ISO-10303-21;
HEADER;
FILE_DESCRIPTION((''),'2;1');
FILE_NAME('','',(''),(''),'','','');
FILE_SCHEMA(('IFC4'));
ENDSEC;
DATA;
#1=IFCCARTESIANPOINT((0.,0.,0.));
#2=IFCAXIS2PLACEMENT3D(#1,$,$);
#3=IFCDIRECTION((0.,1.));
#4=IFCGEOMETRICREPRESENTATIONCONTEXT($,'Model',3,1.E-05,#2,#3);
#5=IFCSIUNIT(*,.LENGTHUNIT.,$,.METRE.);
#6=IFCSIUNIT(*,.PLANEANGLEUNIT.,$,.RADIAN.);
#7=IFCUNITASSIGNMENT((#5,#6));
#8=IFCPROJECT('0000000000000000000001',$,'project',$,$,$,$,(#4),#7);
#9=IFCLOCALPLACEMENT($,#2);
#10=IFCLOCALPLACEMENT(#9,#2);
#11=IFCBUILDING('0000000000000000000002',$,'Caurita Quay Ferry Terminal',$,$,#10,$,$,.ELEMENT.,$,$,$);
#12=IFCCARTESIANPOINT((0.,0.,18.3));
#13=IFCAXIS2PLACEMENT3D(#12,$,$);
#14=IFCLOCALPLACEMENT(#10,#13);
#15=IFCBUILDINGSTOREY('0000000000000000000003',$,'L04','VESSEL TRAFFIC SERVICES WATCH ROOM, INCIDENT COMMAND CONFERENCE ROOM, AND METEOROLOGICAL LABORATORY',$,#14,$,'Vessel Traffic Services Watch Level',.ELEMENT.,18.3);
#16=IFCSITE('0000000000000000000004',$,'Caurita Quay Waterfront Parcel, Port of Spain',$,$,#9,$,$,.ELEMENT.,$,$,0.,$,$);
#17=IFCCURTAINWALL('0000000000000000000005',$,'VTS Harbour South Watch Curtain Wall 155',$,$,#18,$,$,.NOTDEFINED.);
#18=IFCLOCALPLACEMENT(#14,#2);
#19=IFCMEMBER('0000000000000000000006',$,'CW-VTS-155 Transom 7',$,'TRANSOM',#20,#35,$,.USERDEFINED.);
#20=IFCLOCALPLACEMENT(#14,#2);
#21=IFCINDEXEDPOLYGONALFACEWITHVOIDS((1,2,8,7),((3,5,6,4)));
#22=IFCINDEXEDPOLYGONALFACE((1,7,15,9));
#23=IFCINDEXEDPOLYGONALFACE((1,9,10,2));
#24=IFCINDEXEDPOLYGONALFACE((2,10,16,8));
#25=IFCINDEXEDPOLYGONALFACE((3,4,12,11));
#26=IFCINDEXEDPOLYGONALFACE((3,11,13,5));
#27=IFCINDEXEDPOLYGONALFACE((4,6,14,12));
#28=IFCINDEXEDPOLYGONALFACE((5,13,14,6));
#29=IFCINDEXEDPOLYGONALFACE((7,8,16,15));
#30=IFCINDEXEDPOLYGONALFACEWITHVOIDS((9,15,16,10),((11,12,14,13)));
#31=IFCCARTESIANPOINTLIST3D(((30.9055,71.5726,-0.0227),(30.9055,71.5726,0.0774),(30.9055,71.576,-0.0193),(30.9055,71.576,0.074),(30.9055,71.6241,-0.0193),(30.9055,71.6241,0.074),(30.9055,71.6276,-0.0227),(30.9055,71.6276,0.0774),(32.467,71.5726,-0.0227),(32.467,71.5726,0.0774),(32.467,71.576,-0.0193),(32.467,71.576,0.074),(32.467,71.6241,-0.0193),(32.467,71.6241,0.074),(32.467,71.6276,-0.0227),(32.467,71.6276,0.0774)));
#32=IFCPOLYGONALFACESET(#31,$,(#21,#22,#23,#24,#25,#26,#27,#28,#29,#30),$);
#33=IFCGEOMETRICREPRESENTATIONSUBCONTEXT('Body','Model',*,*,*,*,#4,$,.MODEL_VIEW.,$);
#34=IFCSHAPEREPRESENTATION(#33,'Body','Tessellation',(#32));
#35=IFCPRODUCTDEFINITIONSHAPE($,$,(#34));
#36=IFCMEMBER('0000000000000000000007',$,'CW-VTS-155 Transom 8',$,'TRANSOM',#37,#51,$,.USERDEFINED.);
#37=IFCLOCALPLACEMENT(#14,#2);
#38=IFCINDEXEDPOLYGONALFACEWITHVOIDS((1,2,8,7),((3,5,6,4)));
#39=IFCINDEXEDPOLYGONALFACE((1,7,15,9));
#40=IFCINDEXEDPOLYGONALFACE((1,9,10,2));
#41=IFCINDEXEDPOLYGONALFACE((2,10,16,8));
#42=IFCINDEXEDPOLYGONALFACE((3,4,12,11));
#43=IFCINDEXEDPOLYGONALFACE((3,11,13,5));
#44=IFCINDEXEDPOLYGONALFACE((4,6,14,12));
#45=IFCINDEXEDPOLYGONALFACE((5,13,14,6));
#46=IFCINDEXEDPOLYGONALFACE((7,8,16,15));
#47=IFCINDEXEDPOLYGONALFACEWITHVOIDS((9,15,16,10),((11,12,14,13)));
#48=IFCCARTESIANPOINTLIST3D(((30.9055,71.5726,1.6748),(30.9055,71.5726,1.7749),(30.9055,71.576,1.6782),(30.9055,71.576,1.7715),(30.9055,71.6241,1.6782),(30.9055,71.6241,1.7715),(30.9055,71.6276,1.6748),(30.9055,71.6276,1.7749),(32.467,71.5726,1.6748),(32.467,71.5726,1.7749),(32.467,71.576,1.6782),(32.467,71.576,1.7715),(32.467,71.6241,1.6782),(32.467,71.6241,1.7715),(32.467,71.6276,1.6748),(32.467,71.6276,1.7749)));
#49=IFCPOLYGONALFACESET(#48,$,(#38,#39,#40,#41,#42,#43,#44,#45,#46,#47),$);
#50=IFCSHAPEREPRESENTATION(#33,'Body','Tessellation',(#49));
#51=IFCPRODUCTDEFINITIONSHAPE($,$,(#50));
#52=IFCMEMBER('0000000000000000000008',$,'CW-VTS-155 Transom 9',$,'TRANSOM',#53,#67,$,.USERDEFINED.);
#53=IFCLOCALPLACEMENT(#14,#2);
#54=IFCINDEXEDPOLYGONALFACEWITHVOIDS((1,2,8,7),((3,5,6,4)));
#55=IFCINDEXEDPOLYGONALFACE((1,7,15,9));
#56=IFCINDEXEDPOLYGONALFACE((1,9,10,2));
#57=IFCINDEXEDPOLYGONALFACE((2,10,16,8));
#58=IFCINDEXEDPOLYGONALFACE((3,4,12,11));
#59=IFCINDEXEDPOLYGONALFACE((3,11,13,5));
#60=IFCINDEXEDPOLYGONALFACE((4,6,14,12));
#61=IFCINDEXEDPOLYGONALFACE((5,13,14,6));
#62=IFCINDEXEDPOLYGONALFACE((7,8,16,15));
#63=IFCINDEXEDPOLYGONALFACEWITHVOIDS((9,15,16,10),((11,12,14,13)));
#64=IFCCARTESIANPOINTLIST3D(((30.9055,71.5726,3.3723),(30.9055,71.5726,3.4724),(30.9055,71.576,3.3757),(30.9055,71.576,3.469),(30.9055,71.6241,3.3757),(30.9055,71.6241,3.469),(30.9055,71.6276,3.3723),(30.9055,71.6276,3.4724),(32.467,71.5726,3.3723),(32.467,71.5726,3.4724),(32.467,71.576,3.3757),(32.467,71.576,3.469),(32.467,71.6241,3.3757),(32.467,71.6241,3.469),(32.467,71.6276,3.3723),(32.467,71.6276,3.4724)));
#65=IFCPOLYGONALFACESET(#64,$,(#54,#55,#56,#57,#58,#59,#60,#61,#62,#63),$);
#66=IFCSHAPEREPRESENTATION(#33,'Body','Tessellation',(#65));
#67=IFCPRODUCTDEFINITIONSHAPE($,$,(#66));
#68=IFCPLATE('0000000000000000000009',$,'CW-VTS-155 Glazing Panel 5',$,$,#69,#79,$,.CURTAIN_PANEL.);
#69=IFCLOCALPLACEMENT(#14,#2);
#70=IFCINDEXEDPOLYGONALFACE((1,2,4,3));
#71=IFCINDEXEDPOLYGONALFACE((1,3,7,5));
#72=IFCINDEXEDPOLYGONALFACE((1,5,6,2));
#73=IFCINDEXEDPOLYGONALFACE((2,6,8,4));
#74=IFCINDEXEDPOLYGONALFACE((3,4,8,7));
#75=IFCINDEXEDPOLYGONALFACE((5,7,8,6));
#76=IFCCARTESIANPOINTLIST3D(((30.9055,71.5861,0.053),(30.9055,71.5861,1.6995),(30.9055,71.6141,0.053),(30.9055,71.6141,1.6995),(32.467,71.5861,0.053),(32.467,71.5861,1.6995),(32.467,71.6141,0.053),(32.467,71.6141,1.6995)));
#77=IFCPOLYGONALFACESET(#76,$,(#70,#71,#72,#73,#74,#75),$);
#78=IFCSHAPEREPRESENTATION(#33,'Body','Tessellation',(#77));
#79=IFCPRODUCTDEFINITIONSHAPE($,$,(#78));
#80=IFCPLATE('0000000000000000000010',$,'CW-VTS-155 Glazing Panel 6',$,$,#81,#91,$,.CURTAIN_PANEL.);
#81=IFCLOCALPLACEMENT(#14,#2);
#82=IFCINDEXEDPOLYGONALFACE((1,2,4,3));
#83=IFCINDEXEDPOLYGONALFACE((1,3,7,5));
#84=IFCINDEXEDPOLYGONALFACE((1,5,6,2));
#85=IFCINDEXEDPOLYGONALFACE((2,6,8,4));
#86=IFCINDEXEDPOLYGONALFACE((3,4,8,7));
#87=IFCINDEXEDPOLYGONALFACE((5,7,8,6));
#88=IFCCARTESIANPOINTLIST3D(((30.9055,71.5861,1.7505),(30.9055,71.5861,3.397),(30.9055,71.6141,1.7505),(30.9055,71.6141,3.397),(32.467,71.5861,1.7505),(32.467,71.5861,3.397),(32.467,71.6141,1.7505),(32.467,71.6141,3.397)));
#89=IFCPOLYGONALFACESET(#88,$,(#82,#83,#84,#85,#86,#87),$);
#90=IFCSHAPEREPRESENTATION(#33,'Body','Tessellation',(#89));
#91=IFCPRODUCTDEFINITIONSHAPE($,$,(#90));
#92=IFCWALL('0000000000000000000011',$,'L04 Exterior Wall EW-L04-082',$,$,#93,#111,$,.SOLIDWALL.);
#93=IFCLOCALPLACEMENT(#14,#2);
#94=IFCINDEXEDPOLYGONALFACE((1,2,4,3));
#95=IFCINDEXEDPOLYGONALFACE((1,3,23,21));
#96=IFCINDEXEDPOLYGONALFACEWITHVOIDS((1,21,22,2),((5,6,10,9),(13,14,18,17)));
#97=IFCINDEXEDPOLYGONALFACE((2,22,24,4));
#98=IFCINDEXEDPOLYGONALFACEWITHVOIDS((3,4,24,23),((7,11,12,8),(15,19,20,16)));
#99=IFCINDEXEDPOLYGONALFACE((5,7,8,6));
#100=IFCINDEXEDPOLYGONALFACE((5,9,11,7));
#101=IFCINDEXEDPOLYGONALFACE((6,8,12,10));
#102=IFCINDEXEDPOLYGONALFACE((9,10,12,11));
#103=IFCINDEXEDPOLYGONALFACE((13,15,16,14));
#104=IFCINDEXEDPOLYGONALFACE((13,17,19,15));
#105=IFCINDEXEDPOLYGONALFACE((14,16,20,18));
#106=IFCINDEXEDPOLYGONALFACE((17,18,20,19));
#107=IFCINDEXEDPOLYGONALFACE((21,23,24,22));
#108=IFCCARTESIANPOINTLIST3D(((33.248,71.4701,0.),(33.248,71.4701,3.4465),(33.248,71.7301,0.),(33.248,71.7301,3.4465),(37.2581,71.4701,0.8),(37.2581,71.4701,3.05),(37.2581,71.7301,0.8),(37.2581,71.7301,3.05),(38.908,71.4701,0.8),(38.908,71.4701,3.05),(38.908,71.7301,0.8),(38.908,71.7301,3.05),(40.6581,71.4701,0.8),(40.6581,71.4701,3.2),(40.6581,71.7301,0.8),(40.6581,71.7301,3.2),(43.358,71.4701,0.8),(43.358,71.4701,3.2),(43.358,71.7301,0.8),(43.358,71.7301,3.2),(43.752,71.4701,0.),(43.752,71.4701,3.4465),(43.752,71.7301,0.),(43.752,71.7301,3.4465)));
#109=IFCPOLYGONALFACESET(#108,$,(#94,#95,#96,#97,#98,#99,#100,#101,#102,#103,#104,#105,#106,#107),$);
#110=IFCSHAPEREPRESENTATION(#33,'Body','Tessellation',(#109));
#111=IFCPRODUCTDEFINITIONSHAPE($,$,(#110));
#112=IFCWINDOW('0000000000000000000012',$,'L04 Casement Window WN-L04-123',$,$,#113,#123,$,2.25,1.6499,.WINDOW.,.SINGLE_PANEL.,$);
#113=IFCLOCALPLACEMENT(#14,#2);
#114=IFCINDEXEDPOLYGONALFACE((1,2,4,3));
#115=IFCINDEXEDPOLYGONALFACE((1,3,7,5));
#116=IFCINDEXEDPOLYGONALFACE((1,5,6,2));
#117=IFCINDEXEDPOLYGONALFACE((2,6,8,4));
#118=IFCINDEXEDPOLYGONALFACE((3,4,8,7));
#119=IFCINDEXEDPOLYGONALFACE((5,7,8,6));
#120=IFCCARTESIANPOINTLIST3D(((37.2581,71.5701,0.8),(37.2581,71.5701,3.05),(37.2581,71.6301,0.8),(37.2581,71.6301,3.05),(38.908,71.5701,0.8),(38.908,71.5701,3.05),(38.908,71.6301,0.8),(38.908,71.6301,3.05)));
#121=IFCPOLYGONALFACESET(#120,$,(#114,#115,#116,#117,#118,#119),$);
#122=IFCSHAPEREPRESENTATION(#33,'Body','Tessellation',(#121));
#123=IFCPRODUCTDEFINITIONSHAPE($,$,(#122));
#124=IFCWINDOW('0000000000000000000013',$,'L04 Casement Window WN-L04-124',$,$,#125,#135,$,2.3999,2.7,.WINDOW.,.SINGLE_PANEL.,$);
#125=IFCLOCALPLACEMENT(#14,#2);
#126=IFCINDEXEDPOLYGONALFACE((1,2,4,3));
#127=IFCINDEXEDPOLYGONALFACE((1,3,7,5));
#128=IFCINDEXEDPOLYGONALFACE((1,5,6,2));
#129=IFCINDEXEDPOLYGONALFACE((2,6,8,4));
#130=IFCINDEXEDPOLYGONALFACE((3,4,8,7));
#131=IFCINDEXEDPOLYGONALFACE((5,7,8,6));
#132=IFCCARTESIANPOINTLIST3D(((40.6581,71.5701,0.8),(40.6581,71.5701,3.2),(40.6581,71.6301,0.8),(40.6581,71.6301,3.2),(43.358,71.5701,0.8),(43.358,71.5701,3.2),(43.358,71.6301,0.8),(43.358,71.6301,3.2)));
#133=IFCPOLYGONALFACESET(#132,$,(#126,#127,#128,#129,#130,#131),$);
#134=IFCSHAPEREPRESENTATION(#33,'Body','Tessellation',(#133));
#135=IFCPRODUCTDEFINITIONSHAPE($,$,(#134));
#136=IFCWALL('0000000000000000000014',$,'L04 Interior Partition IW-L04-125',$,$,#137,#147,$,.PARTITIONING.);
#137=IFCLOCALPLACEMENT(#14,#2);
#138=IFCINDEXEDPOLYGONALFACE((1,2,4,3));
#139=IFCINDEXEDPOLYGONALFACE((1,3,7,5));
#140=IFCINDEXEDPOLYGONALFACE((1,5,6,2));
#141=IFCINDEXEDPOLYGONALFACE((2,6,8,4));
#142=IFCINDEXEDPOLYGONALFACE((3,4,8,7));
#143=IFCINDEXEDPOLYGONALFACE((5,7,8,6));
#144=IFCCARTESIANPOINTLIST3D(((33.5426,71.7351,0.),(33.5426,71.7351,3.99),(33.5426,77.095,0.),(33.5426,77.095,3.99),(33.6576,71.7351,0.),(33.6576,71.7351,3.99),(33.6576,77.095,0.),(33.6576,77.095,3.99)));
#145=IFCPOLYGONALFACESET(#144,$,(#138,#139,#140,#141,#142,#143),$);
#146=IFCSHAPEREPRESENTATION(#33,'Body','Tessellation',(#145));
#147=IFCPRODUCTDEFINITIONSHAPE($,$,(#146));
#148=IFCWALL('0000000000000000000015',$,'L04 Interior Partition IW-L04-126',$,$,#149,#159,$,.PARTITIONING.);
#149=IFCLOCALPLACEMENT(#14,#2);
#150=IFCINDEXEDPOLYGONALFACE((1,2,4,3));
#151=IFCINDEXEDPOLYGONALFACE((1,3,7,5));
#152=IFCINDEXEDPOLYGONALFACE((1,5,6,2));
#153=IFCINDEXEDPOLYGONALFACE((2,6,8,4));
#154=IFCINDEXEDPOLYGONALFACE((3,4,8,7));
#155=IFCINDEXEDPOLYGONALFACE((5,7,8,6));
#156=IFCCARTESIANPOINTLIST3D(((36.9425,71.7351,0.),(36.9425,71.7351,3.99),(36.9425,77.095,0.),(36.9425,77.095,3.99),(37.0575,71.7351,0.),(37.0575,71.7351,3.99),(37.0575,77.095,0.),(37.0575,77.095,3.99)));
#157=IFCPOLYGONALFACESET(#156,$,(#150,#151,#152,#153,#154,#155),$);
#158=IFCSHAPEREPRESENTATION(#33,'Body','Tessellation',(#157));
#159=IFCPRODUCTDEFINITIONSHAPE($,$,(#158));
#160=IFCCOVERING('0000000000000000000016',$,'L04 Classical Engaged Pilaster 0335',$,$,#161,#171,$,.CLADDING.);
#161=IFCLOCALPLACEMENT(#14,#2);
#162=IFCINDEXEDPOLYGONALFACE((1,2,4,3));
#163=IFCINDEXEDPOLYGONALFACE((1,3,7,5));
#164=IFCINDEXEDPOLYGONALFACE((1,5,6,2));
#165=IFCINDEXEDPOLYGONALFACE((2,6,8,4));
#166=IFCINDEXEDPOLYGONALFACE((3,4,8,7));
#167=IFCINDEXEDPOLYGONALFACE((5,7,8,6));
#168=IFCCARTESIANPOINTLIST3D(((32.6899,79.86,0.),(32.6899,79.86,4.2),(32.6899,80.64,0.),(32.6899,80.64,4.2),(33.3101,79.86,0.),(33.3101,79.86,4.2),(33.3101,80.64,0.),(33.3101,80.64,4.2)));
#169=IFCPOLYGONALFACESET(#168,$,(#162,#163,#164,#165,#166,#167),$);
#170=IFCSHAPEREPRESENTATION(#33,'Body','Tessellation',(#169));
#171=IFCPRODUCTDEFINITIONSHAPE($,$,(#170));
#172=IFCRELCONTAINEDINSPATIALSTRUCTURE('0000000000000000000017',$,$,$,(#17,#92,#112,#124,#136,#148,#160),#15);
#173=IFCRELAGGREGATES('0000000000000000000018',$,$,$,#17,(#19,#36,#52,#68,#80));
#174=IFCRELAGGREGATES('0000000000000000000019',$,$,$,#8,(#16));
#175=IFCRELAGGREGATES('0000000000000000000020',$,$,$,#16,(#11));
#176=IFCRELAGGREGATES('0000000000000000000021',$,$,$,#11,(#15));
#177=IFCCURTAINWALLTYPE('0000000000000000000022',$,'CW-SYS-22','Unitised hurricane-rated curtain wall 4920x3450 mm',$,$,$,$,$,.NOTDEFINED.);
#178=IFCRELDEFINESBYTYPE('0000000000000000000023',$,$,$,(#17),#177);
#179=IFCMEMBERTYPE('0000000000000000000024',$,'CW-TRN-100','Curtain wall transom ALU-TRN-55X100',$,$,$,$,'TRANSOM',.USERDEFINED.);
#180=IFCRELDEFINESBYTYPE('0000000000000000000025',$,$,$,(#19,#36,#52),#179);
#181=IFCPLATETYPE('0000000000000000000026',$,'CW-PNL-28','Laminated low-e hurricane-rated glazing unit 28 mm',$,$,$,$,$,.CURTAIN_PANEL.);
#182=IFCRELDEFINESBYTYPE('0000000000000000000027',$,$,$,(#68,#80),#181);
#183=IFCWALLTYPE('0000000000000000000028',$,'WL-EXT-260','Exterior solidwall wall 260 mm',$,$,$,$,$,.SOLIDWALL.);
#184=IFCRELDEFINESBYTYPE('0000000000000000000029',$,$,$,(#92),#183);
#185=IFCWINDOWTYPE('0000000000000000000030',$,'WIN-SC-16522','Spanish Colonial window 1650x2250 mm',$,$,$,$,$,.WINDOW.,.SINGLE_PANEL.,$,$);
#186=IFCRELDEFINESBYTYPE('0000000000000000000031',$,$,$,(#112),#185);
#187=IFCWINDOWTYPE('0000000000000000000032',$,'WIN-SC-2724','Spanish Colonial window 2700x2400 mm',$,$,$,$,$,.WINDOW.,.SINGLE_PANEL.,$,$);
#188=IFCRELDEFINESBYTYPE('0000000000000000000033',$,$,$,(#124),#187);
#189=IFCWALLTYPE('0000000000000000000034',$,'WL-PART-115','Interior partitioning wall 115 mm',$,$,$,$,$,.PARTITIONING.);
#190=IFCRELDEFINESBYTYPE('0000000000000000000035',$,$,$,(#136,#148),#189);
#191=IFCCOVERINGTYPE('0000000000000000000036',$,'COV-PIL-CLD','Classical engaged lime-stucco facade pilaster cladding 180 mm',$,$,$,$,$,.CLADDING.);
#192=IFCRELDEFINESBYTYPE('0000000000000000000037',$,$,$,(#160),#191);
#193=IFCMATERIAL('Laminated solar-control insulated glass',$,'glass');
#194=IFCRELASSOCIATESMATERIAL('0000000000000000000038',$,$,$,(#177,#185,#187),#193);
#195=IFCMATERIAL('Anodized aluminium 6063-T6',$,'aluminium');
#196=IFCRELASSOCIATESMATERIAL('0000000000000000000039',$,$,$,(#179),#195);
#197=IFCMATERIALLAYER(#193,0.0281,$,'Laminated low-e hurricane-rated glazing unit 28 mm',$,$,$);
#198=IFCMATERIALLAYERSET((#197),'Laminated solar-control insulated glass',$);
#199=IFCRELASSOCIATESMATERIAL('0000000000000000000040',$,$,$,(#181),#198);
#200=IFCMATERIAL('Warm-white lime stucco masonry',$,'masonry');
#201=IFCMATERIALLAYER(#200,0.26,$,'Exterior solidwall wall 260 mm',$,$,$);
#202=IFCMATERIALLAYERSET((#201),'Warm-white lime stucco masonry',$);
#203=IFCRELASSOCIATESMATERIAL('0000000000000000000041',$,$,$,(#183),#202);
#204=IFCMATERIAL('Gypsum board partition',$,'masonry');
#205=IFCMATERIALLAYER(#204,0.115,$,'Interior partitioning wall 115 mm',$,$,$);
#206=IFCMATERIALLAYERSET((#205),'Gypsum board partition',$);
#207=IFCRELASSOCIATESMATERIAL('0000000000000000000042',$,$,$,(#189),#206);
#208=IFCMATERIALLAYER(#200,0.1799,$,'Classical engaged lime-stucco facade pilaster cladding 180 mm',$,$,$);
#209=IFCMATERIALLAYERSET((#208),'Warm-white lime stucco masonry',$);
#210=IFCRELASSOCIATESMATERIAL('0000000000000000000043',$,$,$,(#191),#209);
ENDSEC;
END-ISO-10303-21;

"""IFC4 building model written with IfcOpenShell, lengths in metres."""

from ifc_helpers import new_model, si_unit, direction, frame, frame_2d, origin, origin_2d, place, context, subcontext, project, spatial, rectangle, hollow_rectangle, extrude, material, layer, layer_set, material_profile, profile_set, type_object, element, fill, aggregate, save


model = new_model("IFC4")

# Units and contexts
model_context = context("Model", 3, precision=1e-05, world=origin(), true_north=direction((0.0, 1.0)))
body_context = subcontext(model_context, "Body", "Model", "MODEL_VIEW")
ifc_project = project(units=[si_unit("LENGTHUNIT", "METRE"), si_unit("PLANEANGLEUNIT", "RADIAN")], contexts=[model_context])

# Site, building, storey
site_placement = place(None, origin())
site = spatial("IfcSite", under=ifc_project, at=site_placement, Name="Caurita Quay Waterfront Parcel, Port of Spain", CompositionType="ELEMENT", RefElevation=0.0)
building_placement = place(site_placement, origin())
building = spatial("IfcBuilding", under=site, at=building_placement, Name="Caurita Quay Ferry Terminal", CompositionType="ELEMENT")
storey_placement = place(building_placement, frame((0.0, 0.0, 18.3)))
storey = spatial("IfcBuildingStorey", under=building, at=storey_placement, Name="L04", Description="VESSEL TRAFFIC SERVICES WATCH ROOM, INCIDENT COMMAND CONFERENCE ROOM, AND METEOROLOGICAL LABORATORY", LongName="Vessel Traffic Services Watch Level", CompositionType="ELEMENT", Elevation=18.3)

# Curtain wall, members, plates
ifc_material_1 = material(Name="Laminated solar-control insulated glass", Category="glass")
curtain_wall_type = type_object("IfcCurtainWallType", Name="CW-SYS-22", Description="Unitised hurricane-rated curtain wall 4920x3450 mm", PredefinedType="NOTDEFINED", material=ifc_material_1)
curtain_wall_placement = place(storey_placement, origin())
curtain_wall = element("IfcCurtainWall", 1, at=curtain_wall_placement, inside=storey, type_object=curtain_wall_type, Name="VTS Harbour South Watch Curtain Wall 155", PredefinedType="NOTDEFINED")
ifc_material_2 = material(Name="Anodized aluminium 6063-T6", Category="aluminium")
ifc_material_profile_1 = material_profile(ifc_material_2, hollow_rectangle(XDim=0.0549, YDim=0.1001, WallThickness=0.0034, at=origin_2d()), Name="ALU-TRN-55X100")
ifc_profile_set_1 = profile_set([ifc_material_profile_1], Name="Anodized aluminium 6063-T6")
member_type_1 = type_object("IfcMemberType", Name="CW-TRN-100", Description="Curtain wall transom ALU-TRN-55X100", ElementType="TRANSOM", PredefinedType="USERDEFINED", material=ifc_profile_set_1)
member_1_placement = place(storey_placement, frame((30.9055, 71.6001, 0.0273), z_axis=(1.0, 0.0, 0.0), x_axis=(0.0, 1.0, 0.0)))
member_1 = element("IfcMember", 2, at=member_1_placement, type_object=member_type_1, Name="CW-VTS-155 Transom 7", ObjectType="TRANSOM", PredefinedType="USERDEFINED", context=body_context, shape_type="SweptSolid", body=[
    extrude(hollow_rectangle(XDim=0.0549, YDim=0.1001, WallThickness=0.0034, at=origin_2d()), origin(), (0.0, 0.0, 1.0), 1.5615),
])
member_2_placement = place(storey_placement, frame((30.9055, 71.6001, 1.7249), z_axis=(1.0, 0.0, 0.0), x_axis=(0.0, 1.0, 0.0)))
member_2 = element("IfcMember", 3, at=member_2_placement, type_object=member_type_1, Name="CW-VTS-155 Transom 8", ObjectType="TRANSOM", PredefinedType="USERDEFINED", context=body_context, shape_type="SweptSolid", body=[
    extrude(hollow_rectangle(XDim=0.0549, YDim=0.1001, WallThickness=0.0034, at=origin_2d()), origin(), (0.0, 0.0, 1.0), 1.5615),
])
member_3_placement = place(storey_placement, frame((30.9055, 71.6001, 3.4224), z_axis=(1.0, 0.0, 0.0), x_axis=(0.0, 1.0, 0.0)))
member_3 = element("IfcMember", 4, at=member_3_placement, type_object=member_type_1, Name="CW-VTS-155 Transom 9", ObjectType="TRANSOM", PredefinedType="USERDEFINED", context=body_context, shape_type="SweptSolid", body=[
    extrude(hollow_rectangle(XDim=0.0549, YDim=0.1001, WallThickness=0.0034, at=origin_2d()), origin(), (0.0, 0.0, 1.0), 1.5615),
])
ifc_layer_1 = layer(ifc_material_1, 0.0281, Name="Laminated low-e hurricane-rated glazing unit 28 mm")
ifc_layer_set_1 = layer_set([ifc_layer_1], Name="Laminated solar-control insulated glass")
plate_type = type_object("IfcPlateType", Name="CW-PNL-28", Description="Laminated low-e hurricane-rated glazing unit 28 mm", PredefinedType="CURTAIN_PANEL", material=ifc_layer_set_1)
plate_1_placement = place(storey_placement, frame((31.6863, 71.6001, 0.053), z_axis=(0.0, 0.0, 1.0), x_axis=(1.0, 0.0, 0.0)))
plate_1 = element("IfcPlate", 5, at=plate_1_placement, type_object=plate_type, Name="CW-VTS-155 Glazing Panel 5", PredefinedType="CURTAIN_PANEL", context=body_context, shape_type="SweptSolid", body=[
    extrude(rectangle(XDim=1.5615, YDim=0.0281, at=origin_2d()), origin(), (0.0, 0.0, 1.0), 1.6465),
])
plate_2_placement = place(storey_placement, frame((31.6863, 71.6001, 1.7505), z_axis=(0.0, 0.0, 1.0), x_axis=(1.0, 0.0, 0.0)))
plate_2 = element("IfcPlate", 6, at=plate_2_placement, type_object=plate_type, Name="CW-VTS-155 Glazing Panel 6", PredefinedType="CURTAIN_PANEL", context=body_context, shape_type="SweptSolid", body=[
    extrude(rectangle(XDim=1.5615, YDim=0.0281, at=origin_2d()), origin(), (0.0, 0.0, 1.0), 1.6465),
])
aggregate(curtain_wall, [member_1, member_2, member_3, plate_1, plate_2])

# Wall, openings, windows
ifc_material_3 = material(Name="Warm-white lime stucco masonry", Category="masonry")
ifc_layer_2 = layer(ifc_material_3, 0.26, Name="Exterior solidwall wall 260 mm")
ifc_layer_set_2 = layer_set([ifc_layer_2], Name="Warm-white lime stucco masonry")
wall_type_1 = type_object("IfcWallType", Name="WL-EXT-260", Description="Exterior solidwall wall 260 mm", PredefinedType="SOLIDWALL", material=ifc_layer_set_2)
wall_placement = place(storey_placement, frame((33.248, 71.6001, 0.0), z_axis=(0.0, 0.0, 1.0), x_axis=(1.0, 0.0, 0.0)))
wall = element("IfcWall", 7, at=wall_placement, inside=storey, type_object=wall_type_1, Name="L04 Exterior Wall EW-L04-082", PredefinedType="SOLIDWALL", context=body_context, shape_type="SweptSolid", body=[
    extrude(rectangle(XDim=10.5039, YDim=0.26, at=frame_2d((5.252, 0.0))), origin(), (0.0, 0.0, 1.0), 3.4465),
])
opening_1_placement = place(wall_placement, frame((4.01, 0.0, 0.8)))
opening_1 = element("IfcOpeningElement", 8, at=opening_1_placement, cuts=wall, PredefinedType="OPENING", context=body_context, shape_type="SweptSolid", body=[
    extrude(rectangle(XDim=1.6499, YDim=2.25, at=frame_2d((0.825, 1.125))), frame((0.0, 0.1399, 0.0), z_axis=(0.0, -1.0, 0.0), x_axis=(1.0, 0.0, 0.0)), (0.0, 0.0, 1.0), 0.28),
])
opening_2_placement = place(wall_placement, frame((7.4099, 0.0, 0.8)))
opening_2 = element("IfcOpeningElement", 9, at=opening_2_placement, cuts=wall, PredefinedType="OPENING", context=body_context, shape_type="SweptSolid", body=[
    extrude(rectangle(XDim=2.7, YDim=2.3999, at=frame_2d((1.3501, 1.2))), frame((0.0, 0.1399, 0.0), z_axis=(0.0, -1.0, 0.0), x_axis=(1.0, 0.0, 0.0)), (0.0, 0.0, 1.0), 0.28),
])
window_type_1 = type_object("IfcWindowType", Name="WIN-SC-16522", Description="Spanish Colonial window 1650x2250 mm", PartitioningType="SINGLE_PANEL", PredefinedType="WINDOW", material=ifc_material_1)
window_1_placement = place(opening_1_placement, origin())
window_1 = element("IfcWindow", 10, at=window_1_placement, inside=storey, type_object=window_type_1, Name="L04 Casement Window WN-L04-123", OverallHeight=2.25, OverallWidth=1.6499, PartitioningType="SINGLE_PANEL", PredefinedType="WINDOW", context=body_context, shape_type="SweptSolid", body=[
    extrude(rectangle(XDim=1.6499, YDim=2.25, at=frame_2d((0.825, 1.125))), frame((0.0, 0.03, 0.0), z_axis=(0.0, -1.0, 0.0), x_axis=(1.0, 0.0, 0.0)), (0.0, 0.0, 1.0), 0.0601),
])
fill(opening_1, window_1)
window_type_2 = type_object("IfcWindowType", Name="WIN-SC-2724", Description="Spanish Colonial window 2700x2400 mm", PartitioningType="SINGLE_PANEL", PredefinedType="WINDOW", material=ifc_material_1)
window_2_placement = place(opening_2_placement, origin())
window_2 = element("IfcWindow", 11, at=window_2_placement, inside=storey, type_object=window_type_2, Name="L04 Casement Window WN-L04-124", OverallHeight=2.3999, OverallWidth=2.7, PartitioningType="SINGLE_PANEL", PredefinedType="WINDOW", context=body_context, shape_type="SweptSolid", body=[
    extrude(rectangle(XDim=2.7, YDim=2.3999, at=frame_2d((1.3501, 1.2))), frame((0.0, 0.03, 0.0), z_axis=(0.0, -1.0, 0.0), x_axis=(1.0, 0.0, 0.0)), (0.0, 0.0, 1.0), 0.0601),
])
fill(opening_2, window_2)

# Walls
ifc_material_4 = material(Name="Gypsum board partition", Category="masonry")
ifc_layer_3 = layer(ifc_material_4, 0.115, Name="Interior partitioning wall 115 mm")
ifc_layer_set_3 = layer_set([ifc_layer_3], Name="Gypsum board partition")
wall_type_2 = type_object("IfcWallType", Name="WL-PART-115", Description="Interior partitioning wall 115 mm", PredefinedType="PARTITIONING", material=ifc_layer_set_3)
for number, where, z_axis, x_axis, name in (
    (12, (33.6001, 71.7351, 0.0), (0.0, 0.0, 1.0), (0.0, 1.0, 0.0), "L04 Interior Partition IW-L04-125"),
    (13, (37.0, 71.7351, 0.0), (0.0, 0.0, 1.0), (0.0, 1.0, 0.0), "L04 Interior Partition IW-L04-126"),
):
    element("IfcWall", number, at=place(storey_placement, frame(where, z_axis=z_axis, x_axis=x_axis)), inside=storey, type_object=wall_type_2, Name=name, PredefinedType="PARTITIONING", context=body_context, shape_type="SweptSolid", body=[
        extrude(rectangle(XDim=5.3599, YDim=0.115, at=frame_2d((2.6799, 0.0))), origin(), (0.0, 0.0, 1.0), 3.99),
    ])

# Covering
ifc_layer_4 = layer(ifc_material_3, 0.1799, Name="Classical engaged lime-stucco facade pilaster cladding 180 mm")
ifc_layer_set_4 = layer_set([ifc_layer_4], Name="Warm-white lime stucco masonry")
covering_type_1 = type_object("IfcCoveringType", Name="COV-PIL-CLD", Description="Classical engaged lime-stucco facade pilaster cladding 180 mm", PredefinedType="CLADDING", material=ifc_layer_set_4)
covering_1_placement = place(storey_placement, frame((33.0, 80.25, 0.0), z_axis=(0.0, 0.0, 1.0), x_axis=(1.0, 0.0, 0.0)))
element("IfcCovering", 14, at=covering_1_placement, inside=storey, type_object=covering_type_1, Name="L04 Classical Engaged Pilaster 0335", PredefinedType="CLADDING", context=body_context, shape_type="SweptSolid", body=[
    extrude(rectangle(XDim=0.6201, YDim=0.78, at=origin_2d()), origin(), (0.0, 0.0, 1.0), 4.2),
])

save(model, "model.ifc")
